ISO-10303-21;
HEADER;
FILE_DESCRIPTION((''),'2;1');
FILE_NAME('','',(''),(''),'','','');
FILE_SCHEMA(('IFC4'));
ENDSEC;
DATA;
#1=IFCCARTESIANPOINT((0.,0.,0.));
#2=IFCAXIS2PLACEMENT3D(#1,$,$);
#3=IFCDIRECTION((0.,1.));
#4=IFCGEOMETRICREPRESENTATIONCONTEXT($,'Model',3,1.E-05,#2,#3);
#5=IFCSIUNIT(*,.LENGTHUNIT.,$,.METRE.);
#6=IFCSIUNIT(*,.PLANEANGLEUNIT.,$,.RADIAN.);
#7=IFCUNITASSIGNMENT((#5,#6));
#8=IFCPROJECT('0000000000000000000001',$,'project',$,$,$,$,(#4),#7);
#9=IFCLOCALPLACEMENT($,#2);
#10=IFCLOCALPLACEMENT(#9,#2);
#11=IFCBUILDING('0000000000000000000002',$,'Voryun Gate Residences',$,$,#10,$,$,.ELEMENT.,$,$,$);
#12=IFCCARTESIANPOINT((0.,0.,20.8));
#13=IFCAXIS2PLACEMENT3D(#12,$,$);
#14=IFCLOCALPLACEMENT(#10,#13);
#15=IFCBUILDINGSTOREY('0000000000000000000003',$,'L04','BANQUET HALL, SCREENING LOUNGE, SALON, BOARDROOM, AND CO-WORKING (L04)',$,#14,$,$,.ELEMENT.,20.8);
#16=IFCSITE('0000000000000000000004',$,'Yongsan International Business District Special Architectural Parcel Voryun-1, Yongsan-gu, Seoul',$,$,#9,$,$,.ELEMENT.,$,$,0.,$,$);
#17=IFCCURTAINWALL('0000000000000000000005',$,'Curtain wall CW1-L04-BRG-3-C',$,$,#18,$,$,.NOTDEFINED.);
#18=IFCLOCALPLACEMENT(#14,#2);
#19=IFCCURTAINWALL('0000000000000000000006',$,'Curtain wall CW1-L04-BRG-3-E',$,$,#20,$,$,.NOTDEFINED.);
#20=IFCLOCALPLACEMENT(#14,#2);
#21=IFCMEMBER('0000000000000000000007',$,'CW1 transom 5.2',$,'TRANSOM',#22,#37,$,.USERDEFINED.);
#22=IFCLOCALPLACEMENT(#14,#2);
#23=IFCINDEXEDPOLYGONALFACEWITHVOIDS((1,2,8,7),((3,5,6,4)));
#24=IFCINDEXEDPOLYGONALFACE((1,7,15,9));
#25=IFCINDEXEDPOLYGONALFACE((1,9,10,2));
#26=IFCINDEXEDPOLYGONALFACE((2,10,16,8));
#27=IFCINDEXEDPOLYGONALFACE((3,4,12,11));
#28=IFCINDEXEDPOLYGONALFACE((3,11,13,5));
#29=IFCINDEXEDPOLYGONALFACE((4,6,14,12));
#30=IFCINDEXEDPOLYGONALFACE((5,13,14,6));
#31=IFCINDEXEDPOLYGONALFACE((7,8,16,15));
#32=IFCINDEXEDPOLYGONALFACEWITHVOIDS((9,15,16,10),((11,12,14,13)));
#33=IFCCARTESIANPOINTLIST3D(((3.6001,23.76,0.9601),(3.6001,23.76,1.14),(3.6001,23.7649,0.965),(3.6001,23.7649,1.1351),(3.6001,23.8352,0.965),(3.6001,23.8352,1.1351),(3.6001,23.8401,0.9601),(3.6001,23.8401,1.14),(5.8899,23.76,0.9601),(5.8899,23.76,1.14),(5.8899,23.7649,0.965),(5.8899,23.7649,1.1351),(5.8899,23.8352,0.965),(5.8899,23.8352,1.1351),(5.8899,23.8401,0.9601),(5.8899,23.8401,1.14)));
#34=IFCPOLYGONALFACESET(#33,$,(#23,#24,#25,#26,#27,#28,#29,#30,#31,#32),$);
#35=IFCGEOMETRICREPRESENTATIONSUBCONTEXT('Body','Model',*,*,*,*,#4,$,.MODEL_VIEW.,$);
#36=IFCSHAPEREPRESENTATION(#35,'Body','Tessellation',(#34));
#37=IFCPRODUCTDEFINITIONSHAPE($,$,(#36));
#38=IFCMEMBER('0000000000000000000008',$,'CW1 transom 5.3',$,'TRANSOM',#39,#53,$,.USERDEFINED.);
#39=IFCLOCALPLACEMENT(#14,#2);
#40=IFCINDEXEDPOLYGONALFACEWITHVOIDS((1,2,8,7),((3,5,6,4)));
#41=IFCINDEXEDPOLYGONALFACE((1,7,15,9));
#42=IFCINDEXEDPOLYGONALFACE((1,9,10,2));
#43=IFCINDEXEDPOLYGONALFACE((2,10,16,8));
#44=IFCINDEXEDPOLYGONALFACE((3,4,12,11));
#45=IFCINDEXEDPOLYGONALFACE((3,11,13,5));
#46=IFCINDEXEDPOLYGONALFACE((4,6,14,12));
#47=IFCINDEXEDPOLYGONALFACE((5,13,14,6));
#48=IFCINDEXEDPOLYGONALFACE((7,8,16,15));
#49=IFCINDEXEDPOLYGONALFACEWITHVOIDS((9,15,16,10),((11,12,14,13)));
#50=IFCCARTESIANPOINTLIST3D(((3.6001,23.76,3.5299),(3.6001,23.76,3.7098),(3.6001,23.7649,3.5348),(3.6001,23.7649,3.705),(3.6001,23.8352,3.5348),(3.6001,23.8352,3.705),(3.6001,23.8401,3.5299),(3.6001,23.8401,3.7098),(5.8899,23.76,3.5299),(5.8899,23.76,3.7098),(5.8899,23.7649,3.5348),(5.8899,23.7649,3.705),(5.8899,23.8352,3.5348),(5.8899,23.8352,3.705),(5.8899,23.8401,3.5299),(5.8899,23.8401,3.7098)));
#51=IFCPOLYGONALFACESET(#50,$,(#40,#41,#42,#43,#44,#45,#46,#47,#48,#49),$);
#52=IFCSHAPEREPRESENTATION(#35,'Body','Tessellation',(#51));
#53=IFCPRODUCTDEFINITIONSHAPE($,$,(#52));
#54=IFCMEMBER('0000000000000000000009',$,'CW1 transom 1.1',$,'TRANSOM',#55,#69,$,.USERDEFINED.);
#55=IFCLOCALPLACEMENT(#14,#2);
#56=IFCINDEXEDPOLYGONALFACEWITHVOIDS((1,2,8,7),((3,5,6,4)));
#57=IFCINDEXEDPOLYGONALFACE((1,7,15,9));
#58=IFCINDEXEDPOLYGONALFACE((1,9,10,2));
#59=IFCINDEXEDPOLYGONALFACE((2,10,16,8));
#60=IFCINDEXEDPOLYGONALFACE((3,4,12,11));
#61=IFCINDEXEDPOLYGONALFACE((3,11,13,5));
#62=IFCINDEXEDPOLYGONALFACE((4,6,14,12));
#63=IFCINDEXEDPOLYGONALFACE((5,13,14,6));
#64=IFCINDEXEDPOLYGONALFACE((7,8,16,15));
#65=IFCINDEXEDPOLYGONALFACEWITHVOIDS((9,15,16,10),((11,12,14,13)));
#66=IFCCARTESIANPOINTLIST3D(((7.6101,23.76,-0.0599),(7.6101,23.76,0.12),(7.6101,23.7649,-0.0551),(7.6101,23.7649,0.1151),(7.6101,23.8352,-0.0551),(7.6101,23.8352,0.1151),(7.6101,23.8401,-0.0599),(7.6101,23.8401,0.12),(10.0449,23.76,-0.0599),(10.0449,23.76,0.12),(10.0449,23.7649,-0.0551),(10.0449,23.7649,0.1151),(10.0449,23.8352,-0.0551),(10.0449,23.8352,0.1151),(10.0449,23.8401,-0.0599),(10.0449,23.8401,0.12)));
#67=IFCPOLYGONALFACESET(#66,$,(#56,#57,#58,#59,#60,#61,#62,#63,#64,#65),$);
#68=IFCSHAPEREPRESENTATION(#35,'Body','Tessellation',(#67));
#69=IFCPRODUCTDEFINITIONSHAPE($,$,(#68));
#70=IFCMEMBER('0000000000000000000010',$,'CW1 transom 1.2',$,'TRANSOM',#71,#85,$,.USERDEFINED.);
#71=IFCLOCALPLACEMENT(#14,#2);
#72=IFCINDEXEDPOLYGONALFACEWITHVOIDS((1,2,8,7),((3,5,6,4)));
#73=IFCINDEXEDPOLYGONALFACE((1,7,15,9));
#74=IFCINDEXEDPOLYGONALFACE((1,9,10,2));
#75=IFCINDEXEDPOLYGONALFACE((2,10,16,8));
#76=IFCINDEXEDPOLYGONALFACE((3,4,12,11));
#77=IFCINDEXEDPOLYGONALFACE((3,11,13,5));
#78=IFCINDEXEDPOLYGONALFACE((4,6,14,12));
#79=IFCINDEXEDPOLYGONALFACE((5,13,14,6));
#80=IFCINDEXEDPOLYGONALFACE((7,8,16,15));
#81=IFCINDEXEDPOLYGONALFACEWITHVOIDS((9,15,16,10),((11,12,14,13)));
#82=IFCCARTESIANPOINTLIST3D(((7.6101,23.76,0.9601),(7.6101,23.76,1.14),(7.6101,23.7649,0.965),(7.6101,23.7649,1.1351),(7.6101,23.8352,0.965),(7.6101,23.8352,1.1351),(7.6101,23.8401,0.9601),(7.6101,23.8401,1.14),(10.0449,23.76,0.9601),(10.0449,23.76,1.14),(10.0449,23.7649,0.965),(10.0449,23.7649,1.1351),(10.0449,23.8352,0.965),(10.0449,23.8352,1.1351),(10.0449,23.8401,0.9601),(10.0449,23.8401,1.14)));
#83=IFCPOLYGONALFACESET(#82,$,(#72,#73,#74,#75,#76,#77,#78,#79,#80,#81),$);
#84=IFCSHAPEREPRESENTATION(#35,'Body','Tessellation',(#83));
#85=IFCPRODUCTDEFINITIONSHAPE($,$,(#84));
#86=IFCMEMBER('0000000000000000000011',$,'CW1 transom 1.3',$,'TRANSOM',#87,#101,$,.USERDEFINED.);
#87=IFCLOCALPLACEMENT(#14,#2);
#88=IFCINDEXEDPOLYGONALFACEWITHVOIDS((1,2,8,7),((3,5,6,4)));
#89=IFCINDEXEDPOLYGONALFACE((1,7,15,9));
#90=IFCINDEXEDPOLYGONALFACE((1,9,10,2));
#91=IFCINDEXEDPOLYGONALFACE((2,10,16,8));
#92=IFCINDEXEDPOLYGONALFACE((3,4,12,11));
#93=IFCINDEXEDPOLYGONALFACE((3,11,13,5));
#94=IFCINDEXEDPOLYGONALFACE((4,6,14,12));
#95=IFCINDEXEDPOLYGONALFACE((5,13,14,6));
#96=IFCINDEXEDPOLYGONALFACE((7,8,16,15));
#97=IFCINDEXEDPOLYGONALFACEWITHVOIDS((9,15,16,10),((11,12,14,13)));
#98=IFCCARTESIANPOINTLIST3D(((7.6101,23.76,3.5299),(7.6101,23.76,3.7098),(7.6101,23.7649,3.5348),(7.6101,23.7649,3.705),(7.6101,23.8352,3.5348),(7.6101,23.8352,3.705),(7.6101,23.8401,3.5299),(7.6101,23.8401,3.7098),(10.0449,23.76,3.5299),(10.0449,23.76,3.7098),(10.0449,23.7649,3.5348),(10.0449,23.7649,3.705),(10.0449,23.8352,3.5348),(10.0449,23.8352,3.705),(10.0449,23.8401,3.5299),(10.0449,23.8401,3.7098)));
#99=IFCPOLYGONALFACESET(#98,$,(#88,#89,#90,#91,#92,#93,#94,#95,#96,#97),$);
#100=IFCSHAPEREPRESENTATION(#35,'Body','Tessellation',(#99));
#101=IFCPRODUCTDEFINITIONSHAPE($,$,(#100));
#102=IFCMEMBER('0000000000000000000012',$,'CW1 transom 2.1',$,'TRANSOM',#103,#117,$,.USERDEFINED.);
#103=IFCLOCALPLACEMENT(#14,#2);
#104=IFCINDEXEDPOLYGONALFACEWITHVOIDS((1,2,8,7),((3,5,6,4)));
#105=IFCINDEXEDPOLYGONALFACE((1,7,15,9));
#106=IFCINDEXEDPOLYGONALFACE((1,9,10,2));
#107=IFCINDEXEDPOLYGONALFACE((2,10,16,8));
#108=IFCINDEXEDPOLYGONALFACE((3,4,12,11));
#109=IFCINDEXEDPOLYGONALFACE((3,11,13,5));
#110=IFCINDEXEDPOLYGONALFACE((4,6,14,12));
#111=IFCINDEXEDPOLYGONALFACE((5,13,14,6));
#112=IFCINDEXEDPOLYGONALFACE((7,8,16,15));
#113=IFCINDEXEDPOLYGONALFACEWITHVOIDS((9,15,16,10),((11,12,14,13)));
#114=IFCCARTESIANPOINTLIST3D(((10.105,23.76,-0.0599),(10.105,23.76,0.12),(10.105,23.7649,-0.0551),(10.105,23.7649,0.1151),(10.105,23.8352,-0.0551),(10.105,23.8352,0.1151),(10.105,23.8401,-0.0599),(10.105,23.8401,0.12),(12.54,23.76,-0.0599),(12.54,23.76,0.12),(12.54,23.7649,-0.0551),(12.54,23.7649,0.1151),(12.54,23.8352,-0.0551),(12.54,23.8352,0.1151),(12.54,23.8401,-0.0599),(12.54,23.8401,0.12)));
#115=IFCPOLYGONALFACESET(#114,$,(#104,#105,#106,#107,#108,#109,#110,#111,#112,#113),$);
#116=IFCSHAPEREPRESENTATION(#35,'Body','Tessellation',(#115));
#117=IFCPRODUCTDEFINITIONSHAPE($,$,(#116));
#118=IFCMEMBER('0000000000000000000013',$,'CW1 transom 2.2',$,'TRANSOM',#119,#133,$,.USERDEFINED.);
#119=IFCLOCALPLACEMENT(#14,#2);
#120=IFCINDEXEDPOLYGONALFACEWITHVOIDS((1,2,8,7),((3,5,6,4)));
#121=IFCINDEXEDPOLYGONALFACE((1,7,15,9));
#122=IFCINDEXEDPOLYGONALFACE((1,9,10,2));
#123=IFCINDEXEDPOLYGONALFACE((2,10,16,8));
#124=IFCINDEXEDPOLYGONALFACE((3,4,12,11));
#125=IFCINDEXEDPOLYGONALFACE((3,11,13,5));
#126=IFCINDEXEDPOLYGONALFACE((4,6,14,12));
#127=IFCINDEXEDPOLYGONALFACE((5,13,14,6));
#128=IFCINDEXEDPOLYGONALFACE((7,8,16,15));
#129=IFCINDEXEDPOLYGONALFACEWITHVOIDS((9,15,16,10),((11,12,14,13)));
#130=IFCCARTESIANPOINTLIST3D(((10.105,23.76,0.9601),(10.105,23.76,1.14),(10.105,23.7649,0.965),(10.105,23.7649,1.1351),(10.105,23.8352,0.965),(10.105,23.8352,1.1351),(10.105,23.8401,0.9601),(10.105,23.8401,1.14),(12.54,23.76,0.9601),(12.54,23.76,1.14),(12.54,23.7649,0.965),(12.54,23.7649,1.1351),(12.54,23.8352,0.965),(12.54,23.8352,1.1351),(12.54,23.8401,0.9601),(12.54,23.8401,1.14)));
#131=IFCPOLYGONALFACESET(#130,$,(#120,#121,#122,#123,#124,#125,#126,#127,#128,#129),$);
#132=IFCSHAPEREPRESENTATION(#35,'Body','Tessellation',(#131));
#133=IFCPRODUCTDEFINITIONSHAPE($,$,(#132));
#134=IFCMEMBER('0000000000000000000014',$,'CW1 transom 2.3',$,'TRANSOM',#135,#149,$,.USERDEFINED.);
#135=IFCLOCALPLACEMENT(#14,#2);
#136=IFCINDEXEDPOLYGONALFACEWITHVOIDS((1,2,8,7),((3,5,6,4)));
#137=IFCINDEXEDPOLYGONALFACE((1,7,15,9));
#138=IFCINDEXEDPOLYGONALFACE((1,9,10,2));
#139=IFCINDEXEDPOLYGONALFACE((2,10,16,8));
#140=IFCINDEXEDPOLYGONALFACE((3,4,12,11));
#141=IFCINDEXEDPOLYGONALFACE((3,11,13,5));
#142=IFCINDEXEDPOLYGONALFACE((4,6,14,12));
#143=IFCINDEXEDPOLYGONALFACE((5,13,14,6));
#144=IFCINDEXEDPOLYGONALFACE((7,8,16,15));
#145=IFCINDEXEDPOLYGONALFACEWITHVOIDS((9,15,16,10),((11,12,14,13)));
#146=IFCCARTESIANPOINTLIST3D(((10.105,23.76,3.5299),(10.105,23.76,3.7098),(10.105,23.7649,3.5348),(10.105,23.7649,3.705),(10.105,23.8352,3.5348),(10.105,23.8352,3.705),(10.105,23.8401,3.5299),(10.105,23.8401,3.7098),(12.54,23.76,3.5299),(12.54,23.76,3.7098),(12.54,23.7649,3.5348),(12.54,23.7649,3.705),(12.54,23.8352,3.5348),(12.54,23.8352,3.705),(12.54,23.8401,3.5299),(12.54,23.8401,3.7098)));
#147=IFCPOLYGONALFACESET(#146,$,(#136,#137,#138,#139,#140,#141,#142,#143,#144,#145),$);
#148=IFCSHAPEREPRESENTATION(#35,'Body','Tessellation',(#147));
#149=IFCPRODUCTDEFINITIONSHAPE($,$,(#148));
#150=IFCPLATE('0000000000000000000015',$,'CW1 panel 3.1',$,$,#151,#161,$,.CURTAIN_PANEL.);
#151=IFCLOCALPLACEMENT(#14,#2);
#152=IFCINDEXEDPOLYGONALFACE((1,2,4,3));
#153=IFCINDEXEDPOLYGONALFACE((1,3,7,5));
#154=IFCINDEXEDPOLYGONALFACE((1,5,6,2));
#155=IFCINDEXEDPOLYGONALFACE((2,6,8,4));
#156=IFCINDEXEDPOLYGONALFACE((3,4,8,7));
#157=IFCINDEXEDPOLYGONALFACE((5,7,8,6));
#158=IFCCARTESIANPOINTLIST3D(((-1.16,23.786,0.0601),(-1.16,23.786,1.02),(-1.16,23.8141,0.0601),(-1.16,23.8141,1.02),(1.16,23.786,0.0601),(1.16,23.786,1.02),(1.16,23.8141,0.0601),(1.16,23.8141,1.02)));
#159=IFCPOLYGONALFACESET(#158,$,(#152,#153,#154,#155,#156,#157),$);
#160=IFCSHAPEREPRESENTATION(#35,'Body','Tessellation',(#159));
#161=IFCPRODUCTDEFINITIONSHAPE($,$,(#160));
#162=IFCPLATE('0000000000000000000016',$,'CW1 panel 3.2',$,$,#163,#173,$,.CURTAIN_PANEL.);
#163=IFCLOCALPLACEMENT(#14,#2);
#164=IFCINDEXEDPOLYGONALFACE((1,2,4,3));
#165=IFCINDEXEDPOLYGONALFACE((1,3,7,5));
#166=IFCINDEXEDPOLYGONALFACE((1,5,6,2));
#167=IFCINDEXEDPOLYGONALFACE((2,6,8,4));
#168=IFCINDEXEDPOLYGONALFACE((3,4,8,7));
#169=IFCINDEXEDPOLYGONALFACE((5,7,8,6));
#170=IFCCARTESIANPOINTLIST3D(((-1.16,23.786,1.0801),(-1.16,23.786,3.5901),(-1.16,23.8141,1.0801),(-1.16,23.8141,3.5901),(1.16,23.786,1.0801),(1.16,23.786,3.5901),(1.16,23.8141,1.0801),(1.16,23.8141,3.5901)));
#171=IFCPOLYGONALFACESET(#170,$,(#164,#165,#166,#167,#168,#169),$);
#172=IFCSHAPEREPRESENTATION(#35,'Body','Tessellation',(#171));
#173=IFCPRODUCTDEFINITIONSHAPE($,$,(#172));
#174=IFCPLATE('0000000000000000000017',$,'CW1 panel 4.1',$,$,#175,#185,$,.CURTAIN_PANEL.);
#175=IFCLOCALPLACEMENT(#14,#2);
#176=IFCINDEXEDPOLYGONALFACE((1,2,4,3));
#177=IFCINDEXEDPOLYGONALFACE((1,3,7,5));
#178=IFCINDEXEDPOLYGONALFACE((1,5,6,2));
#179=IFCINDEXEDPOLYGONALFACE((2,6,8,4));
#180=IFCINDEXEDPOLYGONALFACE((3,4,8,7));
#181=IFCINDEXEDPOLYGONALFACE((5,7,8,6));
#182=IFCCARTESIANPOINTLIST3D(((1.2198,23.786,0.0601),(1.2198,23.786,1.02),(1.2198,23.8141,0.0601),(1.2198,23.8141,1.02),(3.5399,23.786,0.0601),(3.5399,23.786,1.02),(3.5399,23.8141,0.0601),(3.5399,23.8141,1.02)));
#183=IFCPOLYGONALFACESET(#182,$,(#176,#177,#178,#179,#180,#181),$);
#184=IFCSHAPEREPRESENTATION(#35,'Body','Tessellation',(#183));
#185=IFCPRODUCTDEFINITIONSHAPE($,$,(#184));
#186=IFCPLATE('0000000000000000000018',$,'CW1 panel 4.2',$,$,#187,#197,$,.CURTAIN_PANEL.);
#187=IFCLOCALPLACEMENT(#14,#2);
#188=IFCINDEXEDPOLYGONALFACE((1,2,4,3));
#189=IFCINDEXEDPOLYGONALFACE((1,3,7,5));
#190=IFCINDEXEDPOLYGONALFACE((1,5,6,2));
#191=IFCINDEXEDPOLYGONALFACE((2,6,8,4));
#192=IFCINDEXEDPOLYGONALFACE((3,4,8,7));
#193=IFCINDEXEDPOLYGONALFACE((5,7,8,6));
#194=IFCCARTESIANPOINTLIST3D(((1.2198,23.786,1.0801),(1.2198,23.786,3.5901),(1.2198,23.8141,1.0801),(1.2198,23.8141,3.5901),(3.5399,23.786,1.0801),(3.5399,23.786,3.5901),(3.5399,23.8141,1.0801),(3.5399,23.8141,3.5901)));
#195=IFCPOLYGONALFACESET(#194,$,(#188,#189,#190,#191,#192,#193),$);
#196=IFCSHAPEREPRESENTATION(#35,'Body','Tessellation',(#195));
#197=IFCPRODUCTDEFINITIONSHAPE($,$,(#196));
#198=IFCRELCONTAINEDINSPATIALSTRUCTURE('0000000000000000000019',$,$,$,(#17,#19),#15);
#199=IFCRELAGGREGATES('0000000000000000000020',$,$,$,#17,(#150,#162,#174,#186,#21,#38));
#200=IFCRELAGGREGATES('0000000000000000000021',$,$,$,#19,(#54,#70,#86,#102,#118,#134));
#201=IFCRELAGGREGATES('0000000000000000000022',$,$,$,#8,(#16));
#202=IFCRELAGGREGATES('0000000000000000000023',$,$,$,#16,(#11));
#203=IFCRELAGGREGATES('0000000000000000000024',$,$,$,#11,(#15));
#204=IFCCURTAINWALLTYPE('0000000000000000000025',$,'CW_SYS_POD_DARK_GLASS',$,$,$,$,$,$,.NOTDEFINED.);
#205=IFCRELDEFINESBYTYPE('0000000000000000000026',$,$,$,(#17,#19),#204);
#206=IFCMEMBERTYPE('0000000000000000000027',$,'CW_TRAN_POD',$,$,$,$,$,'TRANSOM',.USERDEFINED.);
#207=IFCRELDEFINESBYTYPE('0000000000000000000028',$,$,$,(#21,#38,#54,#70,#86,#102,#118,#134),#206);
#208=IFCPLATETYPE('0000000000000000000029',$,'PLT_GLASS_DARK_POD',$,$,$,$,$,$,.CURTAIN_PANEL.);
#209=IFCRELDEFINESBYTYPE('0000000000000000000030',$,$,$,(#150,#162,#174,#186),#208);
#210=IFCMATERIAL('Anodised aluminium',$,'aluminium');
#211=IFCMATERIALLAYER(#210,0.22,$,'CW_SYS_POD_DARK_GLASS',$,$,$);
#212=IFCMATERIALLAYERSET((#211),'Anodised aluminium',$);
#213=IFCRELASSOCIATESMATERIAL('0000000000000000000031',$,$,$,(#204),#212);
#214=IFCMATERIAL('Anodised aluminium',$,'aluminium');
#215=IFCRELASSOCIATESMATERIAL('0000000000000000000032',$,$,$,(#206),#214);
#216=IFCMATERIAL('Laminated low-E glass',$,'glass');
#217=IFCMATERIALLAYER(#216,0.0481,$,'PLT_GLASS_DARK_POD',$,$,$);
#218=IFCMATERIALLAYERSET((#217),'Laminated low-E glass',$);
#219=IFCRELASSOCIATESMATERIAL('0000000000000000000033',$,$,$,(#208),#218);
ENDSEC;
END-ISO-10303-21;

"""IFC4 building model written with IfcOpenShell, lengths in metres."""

from ifc_helpers import new_model, si_unit, direction, frame, origin, origin_2d, place, context, subcontext, project, spatial, rectangle, hollow_rectangle, extrude, material, layer, layer_set, material_profile, profile_set, type_object, element, aggregate, save


model = new_model("IFC4")

# Units and contexts
model_context = context("Model", 3, precision=1e-05, world=origin(), true_north=direction((0.0, 1.0)))
body_context = subcontext(model_context, "Body", "Model", "MODEL_VIEW")
ifc_project = project(units=[si_unit("LENGTHUNIT", "METRE"), si_unit("PLANEANGLEUNIT", "RADIAN")], contexts=[model_context])

# Site, building, storey
site_placement = place(None, origin())
site = spatial("IfcSite", under=ifc_project, at=site_placement, Name="Yongsan International Business District Special Architectural Parcel Voryun-1, Yongsan-gu, Seoul", CompositionType="ELEMENT", RefElevation=0.0)
building_placement = place(site_placement, origin())
building = spatial("IfcBuilding", under=site, at=building_placement, Name="Voryun Gate Residences", CompositionType="ELEMENT")
storey_placement = place(building_placement, frame((0.0, 0.0, 20.8)))
storey = spatial("IfcBuildingStorey", under=building, at=storey_placement, Name="L04", Description="BANQUET HALL, SCREENING LOUNGE, SALON, BOARDROOM, AND CO-WORKING (L04)", CompositionType="ELEMENT", Elevation=20.8)

# Curtain walls
ifc_material_1 = material(Name="Anodised aluminium", Category="aluminium")
ifc_layer_1 = layer(ifc_material_1, 0.22, Name="CW_SYS_POD_DARK_GLASS")
ifc_layer_set_1 = layer_set([ifc_layer_1], Name="Anodised aluminium")
curtain_wall_type = type_object("IfcCurtainWallType", Name="CW_SYS_POD_DARK_GLASS", PredefinedType="NOTDEFINED", material=ifc_layer_set_1)
curtain_wall_1_placement = place(storey_placement, origin())
curtain_wall_1 = element("IfcCurtainWall", 1, at=curtain_wall_1_placement, inside=storey, type_object=curtain_wall_type, Name="Curtain wall CW1-L04-BRG-3-C", PredefinedType="NOTDEFINED")
curtain_wall_2_placement = place(storey_placement, origin())
curtain_wall_2 = element("IfcCurtainWall", 2, at=curtain_wall_2_placement, inside=storey, type_object=curtain_wall_type, Name="Curtain wall CW1-L04-BRG-3-E", PredefinedType="NOTDEFINED")

# Members
ifc_material_2 = material(Name="Anodised aluminium", Category="aluminium")
ifc_material_profile_1 = material_profile(ifc_material_2, hollow_rectangle(XDim=0.0801, YDim=0.1799, WallThickness=0.0049, at=origin_2d()), Name="ALU-TRAN-180x80x5")
ifc_profile_set_1 = profile_set([ifc_material_profile_1], Name="Anodised aluminium")
member_type_1 = type_object("IfcMemberType", Name="CW_TRAN_POD", ElementType="TRANSOM", PredefinedType="USERDEFINED", material=ifc_profile_set_1)
member_1_placement = place(storey_placement, frame((3.6001, 23.8, 1.05), z_axis=(1.0, 0.0, 0.0), x_axis=(0.0, 1.0, 0.0)))
member_1 = element("IfcMember", 3, at=member_1_placement, type_object=member_type_1, Name="CW1 transom 5.2", ObjectType="TRANSOM", PredefinedType="USERDEFINED", context=body_context, shape_type="SweptSolid", body=[
    extrude(hollow_rectangle(XDim=0.0801, YDim=0.1799, WallThickness=0.0049, at=origin_2d()), origin(), (0.0, 0.0, 1.0), 2.2898),
])
member_2_placement = place(storey_placement, frame((3.6001, 23.8, 3.6199), z_axis=(1.0, 0.0, 0.0), x_axis=(0.0, 1.0, 0.0)))
member_2 = element("IfcMember", 4, at=member_2_placement, type_object=member_type_1, Name="CW1 transom 5.3", ObjectType="TRANSOM", PredefinedType="USERDEFINED", context=body_context, shape_type="SweptSolid", body=[
    extrude(hollow_rectangle(XDim=0.0801, YDim=0.1799, WallThickness=0.0049, at=origin_2d()), origin(), (0.0, 0.0, 1.0), 2.2898),
])
member_3_placement = place(storey_placement, frame((7.6101, 23.8, 0.03), z_axis=(1.0, 0.0, 0.0), x_axis=(0.0, 1.0, 0.0)))
member_3 = element("IfcMember", 5, at=member_3_placement, type_object=member_type_1, Name="CW1 transom 1.1", ObjectType="TRANSOM", PredefinedType="USERDEFINED", context=body_context, shape_type="SweptSolid", body=[
    extrude(hollow_rectangle(XDim=0.0801, YDim=0.1799, WallThickness=0.0049, at=origin_2d()), origin(), (0.0, 0.0, 1.0), 2.4348),
])
member_4_placement = place(storey_placement, frame((7.6101, 23.8, 1.05), z_axis=(1.0, 0.0, 0.0), x_axis=(0.0, 1.0, 0.0)))
member_4 = element("IfcMember", 6, at=member_4_placement, type_object=member_type_1, Name="CW1 transom 1.2", ObjectType="TRANSOM", PredefinedType="USERDEFINED", context=body_context, shape_type="SweptSolid", body=[
    extrude(hollow_rectangle(XDim=0.0801, YDim=0.1799, WallThickness=0.0049, at=origin_2d()), origin(), (0.0, 0.0, 1.0), 2.4348),
])
member_5_placement = place(storey_placement, frame((7.6101, 23.8, 3.6199), z_axis=(1.0, 0.0, 0.0), x_axis=(0.0, 1.0, 0.0)))
member_5 = element("IfcMember", 7, at=member_5_placement, type_object=member_type_1, Name="CW1 transom 1.3", ObjectType="TRANSOM", PredefinedType="USERDEFINED", context=body_context, shape_type="SweptSolid", body=[
    extrude(hollow_rectangle(XDim=0.0801, YDim=0.1799, WallThickness=0.0049, at=origin_2d()), origin(), (0.0, 0.0, 1.0), 2.4348),
])
member_6_placement = place(storey_placement, frame((10.105, 23.8, 0.03), z_axis=(1.0, 0.0, 0.0), x_axis=(0.0, 1.0, 0.0)))
member_6 = element("IfcMember", 8, at=member_6_placement, type_object=member_type_1, Name="CW1 transom 2.1", ObjectType="TRANSOM", PredefinedType="USERDEFINED", context=body_context, shape_type="SweptSolid", body=[
    extrude(hollow_rectangle(XDim=0.0801, YDim=0.1799, WallThickness=0.0049, at=origin_2d()), origin(), (0.0, 0.0, 1.0), 2.4351),
])
member_7_placement = place(storey_placement, frame((10.105, 23.8, 1.05), z_axis=(1.0, 0.0, 0.0), x_axis=(0.0, 1.0, 0.0)))
member_7 = element("IfcMember", 9, at=member_7_placement, type_object=member_type_1, Name="CW1 transom 2.2", ObjectType="TRANSOM", PredefinedType="USERDEFINED", context=body_context, shape_type="SweptSolid", body=[
    extrude(hollow_rectangle(XDim=0.0801, YDim=0.1799, WallThickness=0.0049, at=origin_2d()), origin(), (0.0, 0.0, 1.0), 2.4351),
])
member_8_placement = place(storey_placement, frame((10.105, 23.8, 3.6199), z_axis=(1.0, 0.0, 0.0), x_axis=(0.0, 1.0, 0.0)))
member_8 = element("IfcMember", 10, at=member_8_placement, type_object=member_type_1, Name="CW1 transom 2.3", ObjectType="TRANSOM", PredefinedType="USERDEFINED", context=body_context, shape_type="SweptSolid", body=[
    extrude(hollow_rectangle(XDim=0.0801, YDim=0.1799, WallThickness=0.0049, at=origin_2d()), origin(), (0.0, 0.0, 1.0), 2.4351),
])

# Plates
ifc_material_3 = material(Name="Laminated low-E glass", Category="glass")
ifc_layer_2 = layer(ifc_material_3, 0.0481, Name="PLT_GLASS_DARK_POD")
ifc_layer_set_2 = layer_set([ifc_layer_2], Name="Laminated low-E glass")
plate_type = type_object("IfcPlateType", Name="PLT_GLASS_DARK_POD", PredefinedType="CURTAIN_PANEL", material=ifc_layer_set_2)
plate_1_placement = place(storey_placement, frame((0.0, 23.8, 0.0601), z_axis=(0.0, 0.0, 1.0), x_axis=(1.0, 0.0, 0.0)))
plate_1 = element("IfcPlate", 11, at=plate_1_placement, type_object=plate_type, Name="CW1 panel 3.1", PredefinedType="CURTAIN_PANEL", context=body_context, shape_type="SweptSolid", body=[
    extrude(rectangle(XDim=2.3201, YDim=0.0281, at=origin_2d()), origin(), (0.0, 0.0, 1.0), 0.96),
])
plate_2_placement = place(storey_placement, frame((0.0, 23.8, 1.0801), z_axis=(0.0, 0.0, 1.0), x_axis=(1.0, 0.0, 0.0)))
plate_2 = element("IfcPlate", 12, at=plate_2_placement, type_object=plate_type, Name="CW1 panel 3.2", PredefinedType="CURTAIN_PANEL", context=body_context, shape_type="SweptSolid", body=[
    extrude(rectangle(XDim=2.3201, YDim=0.0281, at=origin_2d()), origin(), (0.0, 0.0, 1.0), 2.51),
])
plate_3_placement = place(storey_placement, frame((2.3799, 23.8, 0.0601), z_axis=(0.0, 0.0, 1.0), x_axis=(1.0, 0.0, 0.0)))
plate_3 = element("IfcPlate", 13, at=plate_3_placement, type_object=plate_type, Name="CW1 panel 4.1", PredefinedType="CURTAIN_PANEL", context=body_context, shape_type="SweptSolid", body=[
    extrude(rectangle(XDim=2.3201, YDim=0.0281, at=origin_2d()), origin(), (0.0, 0.0, 1.0), 0.96),
])
plate_4_placement = place(storey_placement, frame((2.3799, 23.8, 1.0801), z_axis=(0.0, 0.0, 1.0), x_axis=(1.0, 0.0, 0.0)))
plate_4 = element("IfcPlate", 14, at=plate_4_placement, type_object=plate_type, Name="CW1 panel 4.2", PredefinedType="CURTAIN_PANEL", context=body_context, shape_type="SweptSolid", body=[
    extrude(rectangle(XDim=2.3201, YDim=0.0281, at=origin_2d()), origin(), (0.0, 0.0, 1.0), 2.51),
])
aggregate(curtain_wall_1, [plate_1, plate_2, plate_3, plate_4, member_1, member_2])
aggregate(curtain_wall_2, [member_3, member_4, member_5, member_6, member_7, member_8])

save(model, "model.ifc")
